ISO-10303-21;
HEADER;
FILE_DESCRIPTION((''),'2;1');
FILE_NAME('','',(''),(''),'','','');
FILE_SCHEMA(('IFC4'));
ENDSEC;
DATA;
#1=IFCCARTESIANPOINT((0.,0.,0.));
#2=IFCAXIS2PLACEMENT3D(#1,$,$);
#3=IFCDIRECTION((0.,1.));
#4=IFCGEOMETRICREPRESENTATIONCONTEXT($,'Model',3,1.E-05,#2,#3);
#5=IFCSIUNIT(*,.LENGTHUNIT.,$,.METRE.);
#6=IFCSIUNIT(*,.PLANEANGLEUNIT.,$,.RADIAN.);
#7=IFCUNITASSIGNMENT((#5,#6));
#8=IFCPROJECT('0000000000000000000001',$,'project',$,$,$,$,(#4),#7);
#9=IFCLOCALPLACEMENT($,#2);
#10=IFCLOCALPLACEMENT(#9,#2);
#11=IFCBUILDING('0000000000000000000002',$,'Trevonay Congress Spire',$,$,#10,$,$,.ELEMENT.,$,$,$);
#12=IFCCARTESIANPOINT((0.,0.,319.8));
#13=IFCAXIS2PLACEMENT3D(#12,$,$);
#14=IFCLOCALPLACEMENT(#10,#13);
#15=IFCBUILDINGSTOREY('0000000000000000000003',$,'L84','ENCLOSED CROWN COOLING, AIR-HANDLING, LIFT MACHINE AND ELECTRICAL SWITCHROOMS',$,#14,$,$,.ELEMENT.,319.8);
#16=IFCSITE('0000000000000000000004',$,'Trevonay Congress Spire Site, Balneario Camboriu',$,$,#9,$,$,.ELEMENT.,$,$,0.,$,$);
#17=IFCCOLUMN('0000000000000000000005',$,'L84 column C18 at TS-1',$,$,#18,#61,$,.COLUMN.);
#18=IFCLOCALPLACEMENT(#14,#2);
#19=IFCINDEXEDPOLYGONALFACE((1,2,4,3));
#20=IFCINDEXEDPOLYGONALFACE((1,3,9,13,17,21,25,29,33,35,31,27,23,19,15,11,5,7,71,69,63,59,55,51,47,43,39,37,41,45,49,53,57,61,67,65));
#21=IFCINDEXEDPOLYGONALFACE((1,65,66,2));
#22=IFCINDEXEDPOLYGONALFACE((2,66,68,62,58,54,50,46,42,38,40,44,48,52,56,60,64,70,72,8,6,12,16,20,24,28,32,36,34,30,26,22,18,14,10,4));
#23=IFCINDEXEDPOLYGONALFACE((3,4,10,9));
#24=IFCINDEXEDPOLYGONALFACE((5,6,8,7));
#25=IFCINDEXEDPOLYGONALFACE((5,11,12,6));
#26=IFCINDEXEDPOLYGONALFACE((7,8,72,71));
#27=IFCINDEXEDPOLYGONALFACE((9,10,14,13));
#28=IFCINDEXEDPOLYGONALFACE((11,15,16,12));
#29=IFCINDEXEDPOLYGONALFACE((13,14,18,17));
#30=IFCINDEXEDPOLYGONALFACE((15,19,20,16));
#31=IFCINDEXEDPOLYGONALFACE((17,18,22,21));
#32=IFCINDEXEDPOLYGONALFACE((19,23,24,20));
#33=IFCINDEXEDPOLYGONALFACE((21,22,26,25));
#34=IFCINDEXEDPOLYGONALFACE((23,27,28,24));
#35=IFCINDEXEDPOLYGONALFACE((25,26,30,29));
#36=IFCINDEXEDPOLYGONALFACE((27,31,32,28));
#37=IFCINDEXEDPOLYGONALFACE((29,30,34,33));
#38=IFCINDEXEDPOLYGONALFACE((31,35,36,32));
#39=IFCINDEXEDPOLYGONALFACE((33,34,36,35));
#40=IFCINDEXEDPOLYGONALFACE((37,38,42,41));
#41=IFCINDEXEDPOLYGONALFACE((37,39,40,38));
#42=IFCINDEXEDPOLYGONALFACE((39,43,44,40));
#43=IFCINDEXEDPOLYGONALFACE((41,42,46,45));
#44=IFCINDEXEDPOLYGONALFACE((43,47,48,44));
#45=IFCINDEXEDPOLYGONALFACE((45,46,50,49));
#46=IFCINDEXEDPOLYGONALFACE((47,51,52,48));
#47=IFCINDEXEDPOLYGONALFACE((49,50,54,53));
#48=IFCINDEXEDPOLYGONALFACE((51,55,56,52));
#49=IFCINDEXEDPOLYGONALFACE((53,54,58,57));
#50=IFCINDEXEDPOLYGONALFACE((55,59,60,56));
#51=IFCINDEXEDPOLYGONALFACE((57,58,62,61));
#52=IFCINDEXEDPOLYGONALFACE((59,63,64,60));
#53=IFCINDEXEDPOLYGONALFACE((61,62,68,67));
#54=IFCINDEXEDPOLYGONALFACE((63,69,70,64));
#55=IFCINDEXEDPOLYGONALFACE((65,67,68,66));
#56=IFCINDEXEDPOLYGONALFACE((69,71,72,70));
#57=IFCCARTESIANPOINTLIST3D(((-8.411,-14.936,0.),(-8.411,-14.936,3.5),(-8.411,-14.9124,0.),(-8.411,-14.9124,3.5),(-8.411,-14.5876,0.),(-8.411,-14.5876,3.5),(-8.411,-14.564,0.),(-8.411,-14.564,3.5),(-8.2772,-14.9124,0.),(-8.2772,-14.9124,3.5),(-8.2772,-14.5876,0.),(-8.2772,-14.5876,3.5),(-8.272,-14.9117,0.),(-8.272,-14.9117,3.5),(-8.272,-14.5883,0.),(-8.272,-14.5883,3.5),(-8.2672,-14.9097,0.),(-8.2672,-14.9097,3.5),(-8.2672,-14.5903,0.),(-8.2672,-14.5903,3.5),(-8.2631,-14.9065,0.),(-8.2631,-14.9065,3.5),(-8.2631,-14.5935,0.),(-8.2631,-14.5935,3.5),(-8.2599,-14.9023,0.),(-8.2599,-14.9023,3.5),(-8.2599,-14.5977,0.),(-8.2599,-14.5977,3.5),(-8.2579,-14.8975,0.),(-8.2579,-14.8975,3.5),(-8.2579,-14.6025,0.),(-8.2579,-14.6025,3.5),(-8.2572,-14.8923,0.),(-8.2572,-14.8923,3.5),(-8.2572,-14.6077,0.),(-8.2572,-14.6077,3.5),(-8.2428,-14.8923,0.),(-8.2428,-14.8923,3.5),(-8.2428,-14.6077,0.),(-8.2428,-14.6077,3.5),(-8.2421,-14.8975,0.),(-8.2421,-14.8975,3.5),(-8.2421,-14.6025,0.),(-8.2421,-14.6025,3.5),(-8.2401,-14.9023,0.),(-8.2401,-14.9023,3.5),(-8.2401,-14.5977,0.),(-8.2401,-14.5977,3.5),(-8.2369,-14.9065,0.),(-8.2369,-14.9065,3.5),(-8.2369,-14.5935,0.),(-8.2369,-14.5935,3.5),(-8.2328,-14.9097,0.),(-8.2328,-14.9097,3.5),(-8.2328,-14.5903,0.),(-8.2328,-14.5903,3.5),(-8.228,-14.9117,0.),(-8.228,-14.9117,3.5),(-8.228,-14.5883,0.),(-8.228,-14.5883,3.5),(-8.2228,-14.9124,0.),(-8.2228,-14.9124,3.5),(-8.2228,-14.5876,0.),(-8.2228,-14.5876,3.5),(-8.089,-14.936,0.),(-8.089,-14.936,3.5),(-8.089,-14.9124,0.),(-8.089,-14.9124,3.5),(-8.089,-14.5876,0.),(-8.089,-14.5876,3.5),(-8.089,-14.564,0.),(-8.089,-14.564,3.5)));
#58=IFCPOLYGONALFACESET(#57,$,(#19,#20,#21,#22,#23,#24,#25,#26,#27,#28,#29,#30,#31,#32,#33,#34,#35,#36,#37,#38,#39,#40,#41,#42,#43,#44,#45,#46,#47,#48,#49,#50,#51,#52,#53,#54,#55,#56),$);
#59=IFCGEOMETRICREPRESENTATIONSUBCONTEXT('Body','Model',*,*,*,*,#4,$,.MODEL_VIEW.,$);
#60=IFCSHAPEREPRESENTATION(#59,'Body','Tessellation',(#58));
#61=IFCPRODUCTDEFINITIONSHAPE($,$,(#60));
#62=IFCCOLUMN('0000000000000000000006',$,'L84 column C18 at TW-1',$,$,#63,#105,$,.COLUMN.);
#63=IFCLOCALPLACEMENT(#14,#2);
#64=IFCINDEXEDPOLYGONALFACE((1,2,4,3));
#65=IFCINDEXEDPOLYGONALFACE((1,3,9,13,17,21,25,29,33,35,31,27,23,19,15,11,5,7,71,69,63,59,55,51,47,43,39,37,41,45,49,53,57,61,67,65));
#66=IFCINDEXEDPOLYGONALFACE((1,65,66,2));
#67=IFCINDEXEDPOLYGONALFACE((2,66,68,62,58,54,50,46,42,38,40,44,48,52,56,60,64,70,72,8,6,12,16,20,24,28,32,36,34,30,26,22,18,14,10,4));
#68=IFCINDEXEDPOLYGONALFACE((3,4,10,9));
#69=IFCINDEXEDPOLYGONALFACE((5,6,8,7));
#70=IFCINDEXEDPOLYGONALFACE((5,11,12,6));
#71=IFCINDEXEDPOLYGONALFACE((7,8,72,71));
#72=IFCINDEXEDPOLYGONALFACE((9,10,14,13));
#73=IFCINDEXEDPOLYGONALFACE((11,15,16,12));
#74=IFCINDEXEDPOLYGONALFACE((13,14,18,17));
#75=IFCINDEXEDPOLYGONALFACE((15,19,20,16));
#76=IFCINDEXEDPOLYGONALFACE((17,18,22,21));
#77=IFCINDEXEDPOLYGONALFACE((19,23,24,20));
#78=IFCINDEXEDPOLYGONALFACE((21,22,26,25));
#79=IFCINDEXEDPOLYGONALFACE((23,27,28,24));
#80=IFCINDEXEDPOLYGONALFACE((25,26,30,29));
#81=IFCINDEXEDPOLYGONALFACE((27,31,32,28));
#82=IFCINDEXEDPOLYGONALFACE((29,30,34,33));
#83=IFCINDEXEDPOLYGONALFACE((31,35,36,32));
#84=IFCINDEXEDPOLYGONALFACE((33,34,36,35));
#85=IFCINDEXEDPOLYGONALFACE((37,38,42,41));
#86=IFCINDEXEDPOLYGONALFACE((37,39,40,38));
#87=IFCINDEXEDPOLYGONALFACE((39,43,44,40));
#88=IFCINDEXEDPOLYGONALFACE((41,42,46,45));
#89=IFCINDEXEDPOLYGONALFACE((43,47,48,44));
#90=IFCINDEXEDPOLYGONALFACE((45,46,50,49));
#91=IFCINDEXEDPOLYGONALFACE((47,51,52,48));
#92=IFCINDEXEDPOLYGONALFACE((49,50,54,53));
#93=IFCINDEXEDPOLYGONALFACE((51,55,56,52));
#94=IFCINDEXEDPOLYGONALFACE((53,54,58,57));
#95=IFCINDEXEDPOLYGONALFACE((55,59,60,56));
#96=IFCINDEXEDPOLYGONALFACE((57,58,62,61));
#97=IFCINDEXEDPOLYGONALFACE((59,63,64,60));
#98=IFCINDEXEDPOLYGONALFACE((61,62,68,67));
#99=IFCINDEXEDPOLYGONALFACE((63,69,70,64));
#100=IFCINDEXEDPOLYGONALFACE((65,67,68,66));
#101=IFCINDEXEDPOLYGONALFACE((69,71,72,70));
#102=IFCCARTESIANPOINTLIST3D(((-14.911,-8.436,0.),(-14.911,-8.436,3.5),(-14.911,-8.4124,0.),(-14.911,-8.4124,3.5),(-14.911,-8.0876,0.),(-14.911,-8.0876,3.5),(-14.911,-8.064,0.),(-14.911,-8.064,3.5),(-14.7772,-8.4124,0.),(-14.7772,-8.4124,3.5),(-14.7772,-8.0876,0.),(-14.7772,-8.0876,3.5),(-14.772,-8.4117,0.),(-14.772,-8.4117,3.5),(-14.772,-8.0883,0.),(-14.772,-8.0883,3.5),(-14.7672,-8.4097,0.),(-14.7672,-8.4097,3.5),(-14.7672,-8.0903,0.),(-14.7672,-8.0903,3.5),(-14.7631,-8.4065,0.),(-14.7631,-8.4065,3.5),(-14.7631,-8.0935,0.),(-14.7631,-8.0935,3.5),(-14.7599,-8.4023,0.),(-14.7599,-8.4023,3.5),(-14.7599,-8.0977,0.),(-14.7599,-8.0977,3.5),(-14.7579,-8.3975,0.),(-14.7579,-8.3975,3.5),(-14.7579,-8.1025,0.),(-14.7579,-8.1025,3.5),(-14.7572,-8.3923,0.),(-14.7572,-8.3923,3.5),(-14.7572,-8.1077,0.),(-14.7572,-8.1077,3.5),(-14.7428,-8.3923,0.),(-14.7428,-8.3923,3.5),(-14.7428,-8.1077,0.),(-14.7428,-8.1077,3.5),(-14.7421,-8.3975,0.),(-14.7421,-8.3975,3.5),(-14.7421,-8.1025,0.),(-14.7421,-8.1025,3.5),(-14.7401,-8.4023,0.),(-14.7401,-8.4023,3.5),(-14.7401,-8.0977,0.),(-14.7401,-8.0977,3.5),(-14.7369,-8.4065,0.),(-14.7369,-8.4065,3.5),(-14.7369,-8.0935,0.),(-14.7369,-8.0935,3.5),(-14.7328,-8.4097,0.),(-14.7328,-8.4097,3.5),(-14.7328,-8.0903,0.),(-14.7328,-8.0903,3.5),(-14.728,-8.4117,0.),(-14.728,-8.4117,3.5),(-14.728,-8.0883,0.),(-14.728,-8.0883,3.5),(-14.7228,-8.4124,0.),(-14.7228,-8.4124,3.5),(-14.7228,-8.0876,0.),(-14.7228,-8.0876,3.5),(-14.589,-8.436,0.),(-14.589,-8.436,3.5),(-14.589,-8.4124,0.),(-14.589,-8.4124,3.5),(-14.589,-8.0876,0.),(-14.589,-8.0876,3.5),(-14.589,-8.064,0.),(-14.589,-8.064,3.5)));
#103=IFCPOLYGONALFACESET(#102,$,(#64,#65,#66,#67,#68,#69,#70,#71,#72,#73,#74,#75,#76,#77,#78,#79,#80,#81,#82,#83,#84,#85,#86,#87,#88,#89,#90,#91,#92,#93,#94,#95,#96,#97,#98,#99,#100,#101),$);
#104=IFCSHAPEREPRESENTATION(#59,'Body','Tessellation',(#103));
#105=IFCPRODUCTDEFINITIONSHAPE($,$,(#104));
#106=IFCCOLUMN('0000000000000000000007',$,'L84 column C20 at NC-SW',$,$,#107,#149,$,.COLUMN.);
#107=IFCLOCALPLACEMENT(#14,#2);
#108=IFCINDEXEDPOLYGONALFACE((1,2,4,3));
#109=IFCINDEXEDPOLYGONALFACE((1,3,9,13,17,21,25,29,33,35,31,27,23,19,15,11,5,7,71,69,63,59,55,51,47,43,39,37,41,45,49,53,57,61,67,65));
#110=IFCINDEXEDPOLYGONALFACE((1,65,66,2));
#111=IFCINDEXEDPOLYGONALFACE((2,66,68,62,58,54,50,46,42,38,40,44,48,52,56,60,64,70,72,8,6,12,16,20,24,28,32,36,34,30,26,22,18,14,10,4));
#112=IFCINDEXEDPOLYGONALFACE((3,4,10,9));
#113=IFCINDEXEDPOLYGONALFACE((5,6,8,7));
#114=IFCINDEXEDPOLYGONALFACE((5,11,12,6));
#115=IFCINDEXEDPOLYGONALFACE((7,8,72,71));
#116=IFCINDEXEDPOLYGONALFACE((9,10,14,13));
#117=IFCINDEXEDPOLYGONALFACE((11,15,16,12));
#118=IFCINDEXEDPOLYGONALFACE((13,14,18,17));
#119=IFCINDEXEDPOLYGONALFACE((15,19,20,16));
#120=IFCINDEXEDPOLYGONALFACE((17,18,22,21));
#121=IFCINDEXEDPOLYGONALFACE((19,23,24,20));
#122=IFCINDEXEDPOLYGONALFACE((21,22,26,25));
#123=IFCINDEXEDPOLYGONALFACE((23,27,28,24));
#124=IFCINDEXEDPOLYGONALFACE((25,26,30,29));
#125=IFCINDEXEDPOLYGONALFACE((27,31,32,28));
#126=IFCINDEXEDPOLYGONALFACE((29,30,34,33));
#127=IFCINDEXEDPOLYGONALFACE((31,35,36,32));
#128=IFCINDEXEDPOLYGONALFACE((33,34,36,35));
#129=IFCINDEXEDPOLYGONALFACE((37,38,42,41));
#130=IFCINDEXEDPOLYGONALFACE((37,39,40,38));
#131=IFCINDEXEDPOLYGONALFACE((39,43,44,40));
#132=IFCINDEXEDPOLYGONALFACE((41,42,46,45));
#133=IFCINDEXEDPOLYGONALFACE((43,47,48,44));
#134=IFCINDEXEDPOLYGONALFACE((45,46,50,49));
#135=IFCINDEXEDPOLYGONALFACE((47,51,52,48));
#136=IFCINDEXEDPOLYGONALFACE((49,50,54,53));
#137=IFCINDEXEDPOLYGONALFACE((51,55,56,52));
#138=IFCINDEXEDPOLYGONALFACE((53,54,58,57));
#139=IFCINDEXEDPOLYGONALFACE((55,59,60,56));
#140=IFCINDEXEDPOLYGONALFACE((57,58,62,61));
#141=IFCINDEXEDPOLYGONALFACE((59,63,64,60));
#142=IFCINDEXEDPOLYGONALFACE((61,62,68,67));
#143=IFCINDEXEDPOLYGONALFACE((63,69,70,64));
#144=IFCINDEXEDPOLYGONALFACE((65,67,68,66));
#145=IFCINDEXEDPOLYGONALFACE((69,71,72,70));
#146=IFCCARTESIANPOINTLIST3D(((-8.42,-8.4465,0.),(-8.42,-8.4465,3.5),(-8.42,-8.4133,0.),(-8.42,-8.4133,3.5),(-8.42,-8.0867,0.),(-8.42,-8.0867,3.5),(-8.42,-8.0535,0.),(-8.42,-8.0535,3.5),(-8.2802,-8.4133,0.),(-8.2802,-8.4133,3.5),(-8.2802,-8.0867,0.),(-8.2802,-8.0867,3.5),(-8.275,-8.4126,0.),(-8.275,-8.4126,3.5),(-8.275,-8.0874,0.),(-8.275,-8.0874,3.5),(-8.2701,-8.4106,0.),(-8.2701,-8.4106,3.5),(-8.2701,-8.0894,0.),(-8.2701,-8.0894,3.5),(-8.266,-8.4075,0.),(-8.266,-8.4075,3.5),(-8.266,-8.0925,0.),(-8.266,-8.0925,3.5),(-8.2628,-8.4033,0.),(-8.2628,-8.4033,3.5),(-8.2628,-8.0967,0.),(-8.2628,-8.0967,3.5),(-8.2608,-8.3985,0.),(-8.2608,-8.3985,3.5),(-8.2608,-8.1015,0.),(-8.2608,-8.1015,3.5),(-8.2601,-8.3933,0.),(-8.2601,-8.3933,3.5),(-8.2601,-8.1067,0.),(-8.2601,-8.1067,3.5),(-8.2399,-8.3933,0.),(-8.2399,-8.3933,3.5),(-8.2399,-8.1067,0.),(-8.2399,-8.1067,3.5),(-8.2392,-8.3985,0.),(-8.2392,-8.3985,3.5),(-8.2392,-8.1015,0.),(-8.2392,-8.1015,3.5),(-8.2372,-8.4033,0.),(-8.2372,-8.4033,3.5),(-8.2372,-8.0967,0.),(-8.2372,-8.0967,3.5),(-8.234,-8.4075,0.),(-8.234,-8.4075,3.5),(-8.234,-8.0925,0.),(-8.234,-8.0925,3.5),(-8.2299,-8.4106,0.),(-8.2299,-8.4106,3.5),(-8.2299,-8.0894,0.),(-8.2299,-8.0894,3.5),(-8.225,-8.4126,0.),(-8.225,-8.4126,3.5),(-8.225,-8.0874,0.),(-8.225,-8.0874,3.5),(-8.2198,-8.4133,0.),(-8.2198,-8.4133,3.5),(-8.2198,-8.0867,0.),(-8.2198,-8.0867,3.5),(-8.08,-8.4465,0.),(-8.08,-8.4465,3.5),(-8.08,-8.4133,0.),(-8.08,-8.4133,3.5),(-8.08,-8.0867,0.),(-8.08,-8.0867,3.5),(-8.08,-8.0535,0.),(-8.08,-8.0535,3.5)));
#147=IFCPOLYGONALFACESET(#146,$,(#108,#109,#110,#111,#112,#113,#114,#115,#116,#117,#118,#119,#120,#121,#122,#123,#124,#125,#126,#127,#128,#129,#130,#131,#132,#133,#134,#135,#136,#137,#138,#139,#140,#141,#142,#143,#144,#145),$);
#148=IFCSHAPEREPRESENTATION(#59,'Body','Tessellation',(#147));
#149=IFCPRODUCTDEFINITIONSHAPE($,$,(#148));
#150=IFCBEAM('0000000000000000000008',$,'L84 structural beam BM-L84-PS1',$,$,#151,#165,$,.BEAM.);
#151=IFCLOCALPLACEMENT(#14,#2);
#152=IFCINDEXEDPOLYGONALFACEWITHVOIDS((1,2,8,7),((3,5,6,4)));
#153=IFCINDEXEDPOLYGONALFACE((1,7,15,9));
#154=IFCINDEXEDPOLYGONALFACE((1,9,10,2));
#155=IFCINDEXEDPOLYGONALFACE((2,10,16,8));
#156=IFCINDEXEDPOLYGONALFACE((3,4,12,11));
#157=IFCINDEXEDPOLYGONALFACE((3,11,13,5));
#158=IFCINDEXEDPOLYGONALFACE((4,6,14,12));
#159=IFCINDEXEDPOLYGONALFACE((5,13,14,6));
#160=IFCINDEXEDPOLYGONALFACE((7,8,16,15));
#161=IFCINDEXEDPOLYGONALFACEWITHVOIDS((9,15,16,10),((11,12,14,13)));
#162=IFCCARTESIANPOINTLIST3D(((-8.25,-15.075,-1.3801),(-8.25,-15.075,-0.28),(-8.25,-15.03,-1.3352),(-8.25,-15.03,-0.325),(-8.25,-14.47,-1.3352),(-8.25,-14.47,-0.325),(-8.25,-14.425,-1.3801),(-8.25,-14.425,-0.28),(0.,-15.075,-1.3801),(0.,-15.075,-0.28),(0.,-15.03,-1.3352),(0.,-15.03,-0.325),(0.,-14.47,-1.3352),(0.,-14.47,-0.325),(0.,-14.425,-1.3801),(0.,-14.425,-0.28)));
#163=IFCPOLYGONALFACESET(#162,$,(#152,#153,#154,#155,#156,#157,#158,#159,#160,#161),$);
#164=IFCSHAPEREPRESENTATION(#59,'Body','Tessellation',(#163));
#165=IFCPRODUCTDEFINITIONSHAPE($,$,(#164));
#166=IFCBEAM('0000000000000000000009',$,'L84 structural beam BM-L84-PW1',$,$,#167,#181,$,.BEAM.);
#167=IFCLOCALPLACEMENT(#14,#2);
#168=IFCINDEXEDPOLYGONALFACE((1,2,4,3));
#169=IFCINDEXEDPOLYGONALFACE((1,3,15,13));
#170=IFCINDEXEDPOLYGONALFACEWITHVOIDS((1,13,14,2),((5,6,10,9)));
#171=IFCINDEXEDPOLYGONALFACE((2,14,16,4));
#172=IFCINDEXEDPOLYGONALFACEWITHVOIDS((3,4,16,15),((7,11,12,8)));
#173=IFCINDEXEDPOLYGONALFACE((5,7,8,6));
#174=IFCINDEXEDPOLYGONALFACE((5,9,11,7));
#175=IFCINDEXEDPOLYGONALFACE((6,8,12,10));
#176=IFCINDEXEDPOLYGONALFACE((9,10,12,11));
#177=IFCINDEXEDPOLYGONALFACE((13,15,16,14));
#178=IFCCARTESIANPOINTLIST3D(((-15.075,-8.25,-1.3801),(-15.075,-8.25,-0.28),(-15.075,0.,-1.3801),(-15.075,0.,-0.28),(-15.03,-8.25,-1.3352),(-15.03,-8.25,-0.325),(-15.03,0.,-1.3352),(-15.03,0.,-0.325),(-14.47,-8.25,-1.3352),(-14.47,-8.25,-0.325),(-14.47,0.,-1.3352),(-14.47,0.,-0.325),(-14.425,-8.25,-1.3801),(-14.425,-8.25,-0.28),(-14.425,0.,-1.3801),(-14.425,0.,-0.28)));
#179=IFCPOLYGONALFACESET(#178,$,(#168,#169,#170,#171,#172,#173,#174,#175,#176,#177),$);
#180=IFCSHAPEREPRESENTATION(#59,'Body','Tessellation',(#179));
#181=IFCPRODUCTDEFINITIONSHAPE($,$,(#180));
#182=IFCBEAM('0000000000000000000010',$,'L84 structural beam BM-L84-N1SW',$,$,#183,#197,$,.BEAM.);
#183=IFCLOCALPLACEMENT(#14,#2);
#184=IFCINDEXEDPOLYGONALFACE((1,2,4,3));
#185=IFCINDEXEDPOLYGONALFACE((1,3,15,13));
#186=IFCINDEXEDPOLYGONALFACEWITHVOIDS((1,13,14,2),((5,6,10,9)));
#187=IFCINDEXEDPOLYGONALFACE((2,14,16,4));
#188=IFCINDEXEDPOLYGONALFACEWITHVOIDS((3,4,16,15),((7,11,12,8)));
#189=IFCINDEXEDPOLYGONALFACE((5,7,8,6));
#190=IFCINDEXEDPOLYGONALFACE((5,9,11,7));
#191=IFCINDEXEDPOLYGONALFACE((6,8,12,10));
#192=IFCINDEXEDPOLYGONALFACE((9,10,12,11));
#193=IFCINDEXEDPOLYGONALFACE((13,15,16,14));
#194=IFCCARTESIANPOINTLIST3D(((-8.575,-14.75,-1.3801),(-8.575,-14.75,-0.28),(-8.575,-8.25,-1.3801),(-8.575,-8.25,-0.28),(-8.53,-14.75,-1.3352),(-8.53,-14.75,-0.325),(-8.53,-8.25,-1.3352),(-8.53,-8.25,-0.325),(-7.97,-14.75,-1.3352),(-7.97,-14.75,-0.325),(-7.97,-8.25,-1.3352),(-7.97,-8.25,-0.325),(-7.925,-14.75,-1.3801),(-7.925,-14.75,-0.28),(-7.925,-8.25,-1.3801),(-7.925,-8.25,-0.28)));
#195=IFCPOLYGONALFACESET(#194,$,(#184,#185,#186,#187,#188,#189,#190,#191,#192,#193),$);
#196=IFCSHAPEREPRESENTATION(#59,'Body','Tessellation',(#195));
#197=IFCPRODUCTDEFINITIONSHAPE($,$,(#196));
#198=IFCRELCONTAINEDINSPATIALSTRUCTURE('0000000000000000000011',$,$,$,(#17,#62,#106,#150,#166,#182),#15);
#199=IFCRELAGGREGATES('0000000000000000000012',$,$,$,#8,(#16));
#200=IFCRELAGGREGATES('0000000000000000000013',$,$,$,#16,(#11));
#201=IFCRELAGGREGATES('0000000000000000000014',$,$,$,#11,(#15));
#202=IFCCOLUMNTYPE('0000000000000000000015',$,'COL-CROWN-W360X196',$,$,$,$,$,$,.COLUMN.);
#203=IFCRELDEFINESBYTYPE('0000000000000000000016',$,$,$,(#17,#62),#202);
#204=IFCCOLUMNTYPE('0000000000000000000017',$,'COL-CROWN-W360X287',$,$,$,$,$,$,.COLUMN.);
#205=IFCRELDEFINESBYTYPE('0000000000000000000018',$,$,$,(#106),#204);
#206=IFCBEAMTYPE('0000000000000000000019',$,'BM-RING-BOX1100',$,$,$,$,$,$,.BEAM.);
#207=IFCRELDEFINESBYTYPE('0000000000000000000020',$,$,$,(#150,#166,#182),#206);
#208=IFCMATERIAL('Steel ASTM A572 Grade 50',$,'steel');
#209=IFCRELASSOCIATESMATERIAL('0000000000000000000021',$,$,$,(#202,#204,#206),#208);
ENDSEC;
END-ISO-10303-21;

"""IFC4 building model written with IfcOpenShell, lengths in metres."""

from ifc_helpers import new_model, si_unit, direction, frame, origin, origin_2d, place, context, subcontext, project, spatial, hollow_rectangle, i_section, extrude, material, material_profile, profile_set, type_object, element, save


model = new_model("IFC4")

# Units and contexts
model_context = context("Model", 3, precision=1e-05, world=origin(), true_north=direction((0.0, 1.0)))
body_context = subcontext(model_context, "Body", "Model", "MODEL_VIEW")
ifc_project = project(units=[si_unit("LENGTHUNIT", "METRE"), si_unit("PLANEANGLEUNIT", "RADIAN")], contexts=[model_context])

# Site, building, storey
site_placement = place(None, origin())
site = spatial("IfcSite", under=ifc_project, at=site_placement, Name="Trevonay Congress Spire Site, Balneario Camboriu", CompositionType="ELEMENT", RefElevation=0.0)
building_placement = place(site_placement, origin())
building = spatial("IfcBuilding", under=site, at=building_placement, Name="Trevonay Congress Spire", CompositionType="ELEMENT")
storey_placement = place(building_placement, frame((0.0, 0.0, 319.8)))
storey = spatial("IfcBuildingStorey", under=building, at=storey_placement, Name="L84", Description="ENCLOSED CROWN COOLING, AIR-HANDLING, LIFT MACHINE AND ELECTRICAL SWITCHROOMS", CompositionType="ELEMENT", Elevation=319.8)

# Columns
ifc_material_1 = material(Name="Steel ASTM A572 Grade 50", Category="steel")
ifc_material_profile_1 = material_profile(ifc_material_1, i_section(OverallWidth=0.322, OverallDepth=0.3721, WebThickness=0.0144, FlangeThickness=0.0237, FilletRadius=0.02, at=origin_2d()), Name="W360x196")
ifc_profile_set_1 = profile_set([ifc_material_profile_1], Name="Steel ASTM A572 Grade 50")
column_type_1 = type_object("IfcColumnType", Name="COL-CROWN-W360X196", PredefinedType="COLUMN", material=ifc_profile_set_1)
for number, where, z_axis, x_axis, name in (
    (1, (-8.25, -14.75, 0.0), (0.0, 0.0, 1.0), (1.0, 0.0, 0.0), "L84 column C18 at TS-1"),
    (2, (-14.75, -8.25, 0.0), (0.0, 0.0, 1.0), (1.0, 0.0, 0.0), "L84 column C18 at TW-1"),
):
    element("IfcColumn", number, at=place(storey_placement, frame(where, z_axis=z_axis, x_axis=x_axis)), inside=storey, type_object=column_type_1, Name=name, PredefinedType="COLUMN", context=body_context, shape_type="SweptSolid", body=[
        extrude(i_section(OverallWidth=0.322, OverallDepth=0.3721, WebThickness=0.0144, FlangeThickness=0.0237, FilletRadius=0.02, at=origin_2d()), origin(), (0.0, 0.0, 1.0), 3.5),
    ])
ifc_material_profile_2 = material_profile(ifc_material_1, i_section(OverallWidth=0.3401, OverallDepth=0.3931, WebThickness=0.0203, FlangeThickness=0.0332, FilletRadius=0.02, at=origin_2d()), Name="W360x287")
ifc_profile_set_2 = profile_set([ifc_material_profile_2], Name="Steel ASTM A572 Grade 50")
column_type_2 = type_object("IfcColumnType", Name="COL-CROWN-W360X287", PredefinedType="COLUMN", material=ifc_profile_set_2)
column_placement = place(storey_placement, frame((-8.25, -8.25, 0.0), z_axis=(0.0, 0.0, 1.0), x_axis=(1.0, 0.0, 0.0)))
element("IfcColumn", 3, at=column_placement, inside=storey, type_object=column_type_2, Name="L84 column C20 at NC-SW", PredefinedType="COLUMN", context=body_context, shape_type="SweptSolid", body=[
    extrude(i_section(OverallWidth=0.3401, OverallDepth=0.3931, WebThickness=0.0203, FlangeThickness=0.0332, FilletRadius=0.02, at=origin_2d()), origin(), (0.0, 0.0, 1.0), 3.5),
])

# Beams
ifc_material_profile_3 = material_profile(ifc_material_1, hollow_rectangle(XDim=0.6499, YDim=1.1001, WallThickness=0.0449, at=origin_2d()), Name="BOX 1100x650x45")
ifc_profile_set_3 = profile_set([ifc_material_profile_3], Name="Steel ASTM A572 Grade 50")
beam_type_1 = type_object("IfcBeamType", Name="BM-RING-BOX1100", PredefinedType="BEAM", material=ifc_profile_set_3)
for number, where, z_axis, x_axis, name in (
    (4, (-8.25, -14.75, -0.8301), (1.0, 0.0, 0.0), (0.0, 1.0, 0.0), "L84 structural beam BM-L84-PS1"),
    (5, (-14.75, -8.25, -0.8301), (0.0, 1.0, 0.0), (-1.0, 0.0, 0.0), "L84 structural beam BM-L84-PW1"),
):
    element("IfcBeam", number, at=place(storey_placement, frame(where, z_axis=z_axis, x_axis=x_axis)), inside=storey, type_object=beam_type_1, Name=name, PredefinedType="BEAM", context=body_context, shape_type="SweptSolid", body=[
        extrude(hollow_rectangle(XDim=0.6499, YDim=1.1001, WallThickness=0.0449, at=origin_2d()), origin(), (0.0, 0.0, 1.0), 8.25),
    ])
for number, where, z_axis, x_axis, name in (
    (6, (-8.25, -14.75, -0.8301), (0.0, 1.0, 0.0), (-1.0, 0.0, 0.0), "L84 structural beam BM-L84-N1SW"),
):
    element("IfcBeam", number, at=place(storey_placement, frame(where, z_axis=z_axis, x_axis=x_axis)), inside=storey, type_object=beam_type_1, Name=name, PredefinedType="BEAM", context=body_context, shape_type="SweptSolid", body=[
        extrude(hollow_rectangle(XDim=0.6499, YDim=1.1001, WallThickness=0.0449, at=origin_2d()), origin(), (0.0, 0.0, 1.0), 6.5),
    ])

save(model, "model.ifc")
